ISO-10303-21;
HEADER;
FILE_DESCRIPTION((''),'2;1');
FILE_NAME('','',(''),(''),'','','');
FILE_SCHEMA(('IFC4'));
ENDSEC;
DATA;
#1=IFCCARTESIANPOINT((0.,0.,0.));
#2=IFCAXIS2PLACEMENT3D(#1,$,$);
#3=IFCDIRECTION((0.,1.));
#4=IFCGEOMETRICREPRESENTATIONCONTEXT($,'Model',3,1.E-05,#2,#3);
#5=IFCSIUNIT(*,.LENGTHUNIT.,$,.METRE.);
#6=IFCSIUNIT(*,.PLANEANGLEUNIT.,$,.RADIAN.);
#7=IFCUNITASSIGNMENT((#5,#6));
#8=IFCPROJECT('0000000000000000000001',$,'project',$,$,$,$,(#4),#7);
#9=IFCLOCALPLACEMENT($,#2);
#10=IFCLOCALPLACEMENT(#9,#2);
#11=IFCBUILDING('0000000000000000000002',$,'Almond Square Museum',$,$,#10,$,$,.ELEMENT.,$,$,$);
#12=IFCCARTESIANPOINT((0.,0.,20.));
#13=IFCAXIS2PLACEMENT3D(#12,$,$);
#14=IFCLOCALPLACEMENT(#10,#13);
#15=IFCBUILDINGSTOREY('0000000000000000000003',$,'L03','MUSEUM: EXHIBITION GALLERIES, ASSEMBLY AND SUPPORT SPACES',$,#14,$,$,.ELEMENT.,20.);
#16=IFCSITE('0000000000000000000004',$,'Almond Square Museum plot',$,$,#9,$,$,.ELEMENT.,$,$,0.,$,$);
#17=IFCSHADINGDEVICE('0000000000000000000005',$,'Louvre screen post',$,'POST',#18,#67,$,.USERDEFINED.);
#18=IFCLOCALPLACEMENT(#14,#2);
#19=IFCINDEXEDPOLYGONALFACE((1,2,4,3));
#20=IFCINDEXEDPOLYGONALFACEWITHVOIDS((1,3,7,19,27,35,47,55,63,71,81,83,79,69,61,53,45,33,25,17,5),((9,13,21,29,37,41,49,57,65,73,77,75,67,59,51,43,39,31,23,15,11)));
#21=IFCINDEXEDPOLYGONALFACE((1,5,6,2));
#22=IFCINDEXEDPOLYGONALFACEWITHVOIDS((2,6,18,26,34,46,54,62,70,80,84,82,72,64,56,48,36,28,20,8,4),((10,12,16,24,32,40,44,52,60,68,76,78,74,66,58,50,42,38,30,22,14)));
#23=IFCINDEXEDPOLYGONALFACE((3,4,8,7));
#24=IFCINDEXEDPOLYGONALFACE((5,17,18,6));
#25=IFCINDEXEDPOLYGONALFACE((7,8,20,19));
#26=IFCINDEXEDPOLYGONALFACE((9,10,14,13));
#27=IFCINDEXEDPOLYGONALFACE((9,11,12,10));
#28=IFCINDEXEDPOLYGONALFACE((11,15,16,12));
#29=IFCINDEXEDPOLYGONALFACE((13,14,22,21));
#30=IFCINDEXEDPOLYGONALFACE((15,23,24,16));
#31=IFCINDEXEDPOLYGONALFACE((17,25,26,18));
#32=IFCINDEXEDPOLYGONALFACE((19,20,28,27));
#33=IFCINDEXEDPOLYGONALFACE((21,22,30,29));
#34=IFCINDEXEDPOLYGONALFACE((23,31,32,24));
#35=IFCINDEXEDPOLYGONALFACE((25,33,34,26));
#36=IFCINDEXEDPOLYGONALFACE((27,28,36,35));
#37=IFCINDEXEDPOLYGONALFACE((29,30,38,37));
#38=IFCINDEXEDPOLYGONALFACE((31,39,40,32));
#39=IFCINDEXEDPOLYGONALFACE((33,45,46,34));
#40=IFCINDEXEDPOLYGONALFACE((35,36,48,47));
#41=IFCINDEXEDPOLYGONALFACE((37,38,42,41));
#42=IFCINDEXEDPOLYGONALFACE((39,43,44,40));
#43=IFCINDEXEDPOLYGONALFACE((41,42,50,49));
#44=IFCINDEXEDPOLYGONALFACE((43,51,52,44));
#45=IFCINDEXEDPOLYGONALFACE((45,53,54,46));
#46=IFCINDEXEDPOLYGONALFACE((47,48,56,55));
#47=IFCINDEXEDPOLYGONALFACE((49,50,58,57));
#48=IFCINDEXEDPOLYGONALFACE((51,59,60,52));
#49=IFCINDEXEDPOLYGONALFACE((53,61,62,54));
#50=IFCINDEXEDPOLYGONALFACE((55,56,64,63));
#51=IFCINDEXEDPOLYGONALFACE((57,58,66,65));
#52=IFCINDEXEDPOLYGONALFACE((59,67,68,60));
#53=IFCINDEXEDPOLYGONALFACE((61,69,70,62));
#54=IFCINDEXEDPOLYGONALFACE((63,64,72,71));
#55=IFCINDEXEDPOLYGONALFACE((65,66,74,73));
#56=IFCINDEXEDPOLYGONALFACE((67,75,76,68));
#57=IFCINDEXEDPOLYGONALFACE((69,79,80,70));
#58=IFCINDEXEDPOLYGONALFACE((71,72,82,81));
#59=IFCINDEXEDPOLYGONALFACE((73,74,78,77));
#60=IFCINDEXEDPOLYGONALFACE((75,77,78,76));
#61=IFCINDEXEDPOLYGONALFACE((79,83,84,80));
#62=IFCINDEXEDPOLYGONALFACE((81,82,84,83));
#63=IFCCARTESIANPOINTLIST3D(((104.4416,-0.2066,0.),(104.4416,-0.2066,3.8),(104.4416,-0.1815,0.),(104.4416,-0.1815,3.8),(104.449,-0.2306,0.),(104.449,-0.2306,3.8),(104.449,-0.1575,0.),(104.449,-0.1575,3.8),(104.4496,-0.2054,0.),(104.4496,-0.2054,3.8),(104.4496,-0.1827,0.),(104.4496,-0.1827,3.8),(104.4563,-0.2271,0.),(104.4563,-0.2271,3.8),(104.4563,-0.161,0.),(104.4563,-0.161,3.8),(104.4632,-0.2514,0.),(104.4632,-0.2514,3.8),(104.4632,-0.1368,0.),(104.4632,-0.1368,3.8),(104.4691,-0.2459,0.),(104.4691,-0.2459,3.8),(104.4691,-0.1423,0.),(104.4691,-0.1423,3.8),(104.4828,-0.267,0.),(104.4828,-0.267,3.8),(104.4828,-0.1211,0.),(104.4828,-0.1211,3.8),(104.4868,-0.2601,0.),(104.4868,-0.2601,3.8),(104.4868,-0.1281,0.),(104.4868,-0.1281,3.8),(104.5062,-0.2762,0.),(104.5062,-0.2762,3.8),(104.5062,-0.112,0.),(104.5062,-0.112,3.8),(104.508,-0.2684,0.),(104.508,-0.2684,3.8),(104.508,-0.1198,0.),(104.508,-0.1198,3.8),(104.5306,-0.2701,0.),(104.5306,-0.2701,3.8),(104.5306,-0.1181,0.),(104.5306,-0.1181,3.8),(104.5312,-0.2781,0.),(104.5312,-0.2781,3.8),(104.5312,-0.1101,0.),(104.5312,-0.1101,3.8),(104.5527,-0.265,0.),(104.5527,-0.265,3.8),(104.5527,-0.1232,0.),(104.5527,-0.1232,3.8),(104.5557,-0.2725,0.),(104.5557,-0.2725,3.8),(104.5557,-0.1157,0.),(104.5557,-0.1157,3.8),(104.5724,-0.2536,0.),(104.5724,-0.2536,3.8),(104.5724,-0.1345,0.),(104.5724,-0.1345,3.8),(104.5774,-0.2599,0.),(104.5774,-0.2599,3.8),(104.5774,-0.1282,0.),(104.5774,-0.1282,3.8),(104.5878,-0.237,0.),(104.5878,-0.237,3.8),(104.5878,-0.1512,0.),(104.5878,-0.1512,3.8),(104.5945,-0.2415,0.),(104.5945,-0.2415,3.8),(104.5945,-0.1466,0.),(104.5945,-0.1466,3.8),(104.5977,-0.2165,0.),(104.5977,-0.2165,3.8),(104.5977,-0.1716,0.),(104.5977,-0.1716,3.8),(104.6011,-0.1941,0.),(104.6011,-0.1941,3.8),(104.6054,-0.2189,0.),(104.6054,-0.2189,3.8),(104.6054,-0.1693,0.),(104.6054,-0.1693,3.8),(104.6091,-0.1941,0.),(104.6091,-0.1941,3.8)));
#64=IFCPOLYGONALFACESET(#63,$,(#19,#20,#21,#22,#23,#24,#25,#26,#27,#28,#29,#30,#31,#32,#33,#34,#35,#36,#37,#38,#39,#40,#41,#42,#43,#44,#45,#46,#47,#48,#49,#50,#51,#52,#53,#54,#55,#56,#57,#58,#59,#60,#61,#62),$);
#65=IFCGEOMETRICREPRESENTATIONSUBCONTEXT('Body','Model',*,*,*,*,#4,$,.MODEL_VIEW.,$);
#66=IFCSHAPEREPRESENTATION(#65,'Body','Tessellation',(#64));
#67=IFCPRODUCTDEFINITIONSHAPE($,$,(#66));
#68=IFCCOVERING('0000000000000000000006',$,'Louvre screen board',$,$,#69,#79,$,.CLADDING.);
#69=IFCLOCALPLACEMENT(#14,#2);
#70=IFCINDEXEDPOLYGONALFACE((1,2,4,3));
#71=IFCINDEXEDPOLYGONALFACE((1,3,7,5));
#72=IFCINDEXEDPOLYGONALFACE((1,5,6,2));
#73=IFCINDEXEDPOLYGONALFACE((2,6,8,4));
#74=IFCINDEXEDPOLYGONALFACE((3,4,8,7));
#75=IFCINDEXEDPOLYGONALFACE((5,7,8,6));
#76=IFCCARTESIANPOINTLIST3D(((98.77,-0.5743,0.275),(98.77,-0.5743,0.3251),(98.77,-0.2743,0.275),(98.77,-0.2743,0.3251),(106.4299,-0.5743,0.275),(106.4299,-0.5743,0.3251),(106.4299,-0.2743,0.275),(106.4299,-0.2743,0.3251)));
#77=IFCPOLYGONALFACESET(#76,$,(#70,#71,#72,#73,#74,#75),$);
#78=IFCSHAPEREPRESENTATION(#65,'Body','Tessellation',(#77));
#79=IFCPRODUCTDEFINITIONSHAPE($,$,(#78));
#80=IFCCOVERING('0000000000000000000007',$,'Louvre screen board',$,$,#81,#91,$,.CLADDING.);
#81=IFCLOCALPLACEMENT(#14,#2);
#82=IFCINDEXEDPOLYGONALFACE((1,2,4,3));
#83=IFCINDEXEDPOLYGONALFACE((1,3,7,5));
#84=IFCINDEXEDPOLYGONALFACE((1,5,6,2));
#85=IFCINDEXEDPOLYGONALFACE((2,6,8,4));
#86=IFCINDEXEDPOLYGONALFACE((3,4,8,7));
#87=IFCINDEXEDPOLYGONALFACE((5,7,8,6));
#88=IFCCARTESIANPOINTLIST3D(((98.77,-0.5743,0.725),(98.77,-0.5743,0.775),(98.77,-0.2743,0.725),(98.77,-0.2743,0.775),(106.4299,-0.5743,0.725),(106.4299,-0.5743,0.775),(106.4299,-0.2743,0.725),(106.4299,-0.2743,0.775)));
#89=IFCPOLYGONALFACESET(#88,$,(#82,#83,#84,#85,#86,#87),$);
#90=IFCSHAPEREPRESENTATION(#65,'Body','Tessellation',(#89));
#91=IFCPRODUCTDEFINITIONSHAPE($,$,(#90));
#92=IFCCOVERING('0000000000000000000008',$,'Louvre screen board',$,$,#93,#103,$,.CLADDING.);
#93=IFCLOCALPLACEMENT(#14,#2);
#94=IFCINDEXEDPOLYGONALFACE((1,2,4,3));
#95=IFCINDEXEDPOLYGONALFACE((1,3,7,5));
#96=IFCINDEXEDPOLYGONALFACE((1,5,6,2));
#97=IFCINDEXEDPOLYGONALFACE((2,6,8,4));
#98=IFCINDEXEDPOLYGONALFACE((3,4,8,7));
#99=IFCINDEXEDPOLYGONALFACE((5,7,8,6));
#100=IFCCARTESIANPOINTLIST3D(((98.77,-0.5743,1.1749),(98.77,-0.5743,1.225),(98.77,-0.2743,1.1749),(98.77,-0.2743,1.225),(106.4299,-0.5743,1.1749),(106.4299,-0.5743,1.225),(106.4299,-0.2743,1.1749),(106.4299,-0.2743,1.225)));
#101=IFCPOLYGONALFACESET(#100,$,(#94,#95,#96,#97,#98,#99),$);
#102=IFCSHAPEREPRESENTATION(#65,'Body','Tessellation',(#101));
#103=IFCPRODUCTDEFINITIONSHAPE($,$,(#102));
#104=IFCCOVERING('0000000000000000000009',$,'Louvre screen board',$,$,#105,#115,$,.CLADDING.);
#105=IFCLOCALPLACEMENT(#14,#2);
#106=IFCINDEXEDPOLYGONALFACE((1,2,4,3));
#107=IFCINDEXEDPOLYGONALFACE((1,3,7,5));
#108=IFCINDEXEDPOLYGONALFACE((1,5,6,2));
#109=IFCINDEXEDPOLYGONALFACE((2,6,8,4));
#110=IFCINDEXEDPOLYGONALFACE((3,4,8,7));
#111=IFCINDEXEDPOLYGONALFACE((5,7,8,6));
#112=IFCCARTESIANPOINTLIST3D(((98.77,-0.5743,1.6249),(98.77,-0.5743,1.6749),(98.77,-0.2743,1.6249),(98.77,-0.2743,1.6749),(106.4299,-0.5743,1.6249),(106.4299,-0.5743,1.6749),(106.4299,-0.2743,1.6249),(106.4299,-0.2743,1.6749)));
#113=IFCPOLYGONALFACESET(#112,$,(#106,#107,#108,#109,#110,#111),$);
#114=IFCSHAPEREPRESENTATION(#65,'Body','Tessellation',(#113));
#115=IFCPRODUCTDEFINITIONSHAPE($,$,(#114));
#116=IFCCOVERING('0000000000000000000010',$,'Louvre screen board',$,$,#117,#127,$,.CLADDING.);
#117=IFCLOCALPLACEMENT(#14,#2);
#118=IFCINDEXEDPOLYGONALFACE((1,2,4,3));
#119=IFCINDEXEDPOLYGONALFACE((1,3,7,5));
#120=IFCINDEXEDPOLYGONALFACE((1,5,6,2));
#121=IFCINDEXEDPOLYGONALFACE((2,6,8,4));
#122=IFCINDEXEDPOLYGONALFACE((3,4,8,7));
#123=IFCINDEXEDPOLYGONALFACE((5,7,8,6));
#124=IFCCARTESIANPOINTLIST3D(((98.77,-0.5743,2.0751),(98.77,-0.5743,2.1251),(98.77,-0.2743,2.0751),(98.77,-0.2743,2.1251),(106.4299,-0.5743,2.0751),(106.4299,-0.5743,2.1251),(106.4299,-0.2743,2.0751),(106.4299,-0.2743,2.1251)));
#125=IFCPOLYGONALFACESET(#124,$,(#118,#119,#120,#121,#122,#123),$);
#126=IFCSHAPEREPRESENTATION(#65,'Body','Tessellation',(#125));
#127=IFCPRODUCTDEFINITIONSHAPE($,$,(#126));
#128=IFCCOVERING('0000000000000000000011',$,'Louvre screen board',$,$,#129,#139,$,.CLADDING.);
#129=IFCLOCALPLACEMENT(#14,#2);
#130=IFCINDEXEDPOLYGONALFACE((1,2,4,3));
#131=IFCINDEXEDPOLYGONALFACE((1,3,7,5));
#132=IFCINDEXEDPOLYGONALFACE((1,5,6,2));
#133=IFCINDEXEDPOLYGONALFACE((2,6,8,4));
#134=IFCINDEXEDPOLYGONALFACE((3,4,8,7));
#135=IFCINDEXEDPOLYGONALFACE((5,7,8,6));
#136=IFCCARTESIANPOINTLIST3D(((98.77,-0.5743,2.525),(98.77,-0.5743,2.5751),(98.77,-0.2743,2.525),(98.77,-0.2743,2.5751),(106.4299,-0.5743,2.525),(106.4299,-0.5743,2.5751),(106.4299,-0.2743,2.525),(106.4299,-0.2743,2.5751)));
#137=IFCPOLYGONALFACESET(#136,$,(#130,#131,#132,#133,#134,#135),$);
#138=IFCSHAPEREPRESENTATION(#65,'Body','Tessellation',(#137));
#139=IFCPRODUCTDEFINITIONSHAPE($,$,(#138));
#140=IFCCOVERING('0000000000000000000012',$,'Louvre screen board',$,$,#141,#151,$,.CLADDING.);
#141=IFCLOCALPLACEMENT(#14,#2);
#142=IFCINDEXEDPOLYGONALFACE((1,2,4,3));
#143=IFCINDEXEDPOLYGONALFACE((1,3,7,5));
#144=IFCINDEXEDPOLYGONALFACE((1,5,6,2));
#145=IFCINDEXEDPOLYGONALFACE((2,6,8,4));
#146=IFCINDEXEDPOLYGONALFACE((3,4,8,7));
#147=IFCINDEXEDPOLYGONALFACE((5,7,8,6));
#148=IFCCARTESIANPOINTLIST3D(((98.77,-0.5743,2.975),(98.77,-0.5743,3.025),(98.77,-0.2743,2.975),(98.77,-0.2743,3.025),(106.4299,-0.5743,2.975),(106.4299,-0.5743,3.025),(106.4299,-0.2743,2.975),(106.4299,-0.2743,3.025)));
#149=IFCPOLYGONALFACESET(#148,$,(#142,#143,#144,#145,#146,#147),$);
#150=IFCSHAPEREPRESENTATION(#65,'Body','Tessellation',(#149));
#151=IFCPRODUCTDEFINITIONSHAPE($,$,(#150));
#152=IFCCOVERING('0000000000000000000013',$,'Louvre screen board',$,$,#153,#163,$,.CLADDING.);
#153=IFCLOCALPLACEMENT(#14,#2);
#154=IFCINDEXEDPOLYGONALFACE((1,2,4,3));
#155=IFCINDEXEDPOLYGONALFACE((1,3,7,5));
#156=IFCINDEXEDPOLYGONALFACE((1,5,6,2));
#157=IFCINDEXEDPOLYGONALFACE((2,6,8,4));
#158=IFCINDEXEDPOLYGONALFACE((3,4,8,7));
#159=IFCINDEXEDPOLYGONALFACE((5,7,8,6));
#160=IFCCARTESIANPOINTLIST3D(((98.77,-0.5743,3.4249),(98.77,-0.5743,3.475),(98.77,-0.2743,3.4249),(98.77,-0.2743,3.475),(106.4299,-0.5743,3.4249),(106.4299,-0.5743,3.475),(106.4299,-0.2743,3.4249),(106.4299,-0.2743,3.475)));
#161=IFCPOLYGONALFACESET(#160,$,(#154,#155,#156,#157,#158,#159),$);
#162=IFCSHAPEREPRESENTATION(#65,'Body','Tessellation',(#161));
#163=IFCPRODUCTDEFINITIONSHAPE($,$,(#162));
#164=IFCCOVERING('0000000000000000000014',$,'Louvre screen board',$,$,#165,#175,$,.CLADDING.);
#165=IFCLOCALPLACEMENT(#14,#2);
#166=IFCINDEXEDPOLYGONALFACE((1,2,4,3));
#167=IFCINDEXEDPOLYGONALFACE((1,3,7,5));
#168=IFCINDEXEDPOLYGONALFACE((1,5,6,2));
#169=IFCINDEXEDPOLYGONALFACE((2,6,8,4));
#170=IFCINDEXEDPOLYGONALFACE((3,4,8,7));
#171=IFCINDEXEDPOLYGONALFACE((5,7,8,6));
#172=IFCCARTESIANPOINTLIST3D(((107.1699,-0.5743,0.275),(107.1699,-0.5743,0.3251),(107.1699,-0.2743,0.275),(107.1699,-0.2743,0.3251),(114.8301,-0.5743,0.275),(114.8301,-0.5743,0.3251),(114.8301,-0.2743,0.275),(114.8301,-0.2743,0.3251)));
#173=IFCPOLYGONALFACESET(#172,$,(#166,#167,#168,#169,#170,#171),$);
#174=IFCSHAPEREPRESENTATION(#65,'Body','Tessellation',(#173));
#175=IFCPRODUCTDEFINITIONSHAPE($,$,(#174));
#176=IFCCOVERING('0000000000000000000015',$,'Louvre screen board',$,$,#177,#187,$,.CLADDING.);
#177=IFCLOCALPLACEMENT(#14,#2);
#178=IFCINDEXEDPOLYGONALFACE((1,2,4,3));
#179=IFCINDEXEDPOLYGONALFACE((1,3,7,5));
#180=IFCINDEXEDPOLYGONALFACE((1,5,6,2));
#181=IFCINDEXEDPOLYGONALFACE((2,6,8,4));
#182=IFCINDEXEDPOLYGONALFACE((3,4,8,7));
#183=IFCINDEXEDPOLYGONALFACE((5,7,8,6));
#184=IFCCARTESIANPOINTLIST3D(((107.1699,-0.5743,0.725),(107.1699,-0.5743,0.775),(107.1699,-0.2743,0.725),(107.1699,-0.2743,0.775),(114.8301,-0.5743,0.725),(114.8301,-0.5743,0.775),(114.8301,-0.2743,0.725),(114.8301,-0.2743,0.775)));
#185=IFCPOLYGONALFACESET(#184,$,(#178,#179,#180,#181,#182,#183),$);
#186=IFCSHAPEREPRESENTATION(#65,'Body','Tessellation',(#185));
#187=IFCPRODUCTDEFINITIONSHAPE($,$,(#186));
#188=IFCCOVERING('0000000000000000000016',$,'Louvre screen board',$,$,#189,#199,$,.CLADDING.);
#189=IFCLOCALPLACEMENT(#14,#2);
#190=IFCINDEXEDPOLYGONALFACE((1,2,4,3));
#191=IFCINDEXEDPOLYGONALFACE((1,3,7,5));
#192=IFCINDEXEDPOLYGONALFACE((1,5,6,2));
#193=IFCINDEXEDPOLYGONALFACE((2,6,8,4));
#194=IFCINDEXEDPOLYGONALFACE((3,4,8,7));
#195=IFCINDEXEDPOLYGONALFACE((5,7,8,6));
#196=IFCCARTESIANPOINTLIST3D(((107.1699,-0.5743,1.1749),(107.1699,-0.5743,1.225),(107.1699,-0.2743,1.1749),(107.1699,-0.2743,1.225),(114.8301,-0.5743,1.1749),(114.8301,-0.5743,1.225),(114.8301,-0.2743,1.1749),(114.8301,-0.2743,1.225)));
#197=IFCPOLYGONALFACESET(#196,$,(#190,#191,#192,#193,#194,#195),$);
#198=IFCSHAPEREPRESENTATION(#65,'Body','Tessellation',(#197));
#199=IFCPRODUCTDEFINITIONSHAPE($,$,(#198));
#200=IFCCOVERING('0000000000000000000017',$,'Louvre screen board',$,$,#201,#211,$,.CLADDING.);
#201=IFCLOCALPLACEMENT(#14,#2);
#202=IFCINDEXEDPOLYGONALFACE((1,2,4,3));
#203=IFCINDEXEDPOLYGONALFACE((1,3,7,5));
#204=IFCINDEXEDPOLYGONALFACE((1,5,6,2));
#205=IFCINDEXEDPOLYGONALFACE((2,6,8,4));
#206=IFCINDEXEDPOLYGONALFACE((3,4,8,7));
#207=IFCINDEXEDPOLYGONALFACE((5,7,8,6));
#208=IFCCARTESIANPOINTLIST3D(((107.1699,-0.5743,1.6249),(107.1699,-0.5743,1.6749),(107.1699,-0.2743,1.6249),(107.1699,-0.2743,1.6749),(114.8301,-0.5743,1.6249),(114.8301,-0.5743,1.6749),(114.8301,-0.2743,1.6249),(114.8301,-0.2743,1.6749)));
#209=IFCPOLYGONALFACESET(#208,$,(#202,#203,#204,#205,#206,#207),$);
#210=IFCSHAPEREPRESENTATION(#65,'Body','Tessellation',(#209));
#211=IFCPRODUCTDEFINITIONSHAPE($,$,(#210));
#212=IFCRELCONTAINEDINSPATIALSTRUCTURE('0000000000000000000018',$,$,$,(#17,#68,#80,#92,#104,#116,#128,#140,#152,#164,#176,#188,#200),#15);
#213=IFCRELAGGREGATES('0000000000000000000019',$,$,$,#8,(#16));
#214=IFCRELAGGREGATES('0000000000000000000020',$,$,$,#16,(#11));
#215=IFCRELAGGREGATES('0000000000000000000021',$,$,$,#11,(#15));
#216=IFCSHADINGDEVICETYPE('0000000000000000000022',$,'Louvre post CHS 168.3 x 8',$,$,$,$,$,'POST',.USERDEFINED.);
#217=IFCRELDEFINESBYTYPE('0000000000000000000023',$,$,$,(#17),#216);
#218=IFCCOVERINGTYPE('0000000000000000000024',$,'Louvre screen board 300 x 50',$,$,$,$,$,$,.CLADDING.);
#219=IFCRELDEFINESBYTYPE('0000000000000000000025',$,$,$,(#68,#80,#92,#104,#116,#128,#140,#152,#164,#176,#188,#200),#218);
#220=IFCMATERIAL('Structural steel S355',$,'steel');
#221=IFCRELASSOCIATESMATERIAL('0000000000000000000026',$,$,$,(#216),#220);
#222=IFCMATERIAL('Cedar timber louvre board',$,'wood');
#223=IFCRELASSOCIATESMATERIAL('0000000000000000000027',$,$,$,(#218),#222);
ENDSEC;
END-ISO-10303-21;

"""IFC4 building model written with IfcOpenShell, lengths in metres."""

from ifc_helpers import new_model, si_unit, direction, frame, origin, origin_2d, place, context, subcontext, project, spatial, rectangle, hollow_circle, extrude, material, material_profile, profile_set, type_object, element, save


model = new_model("IFC4")

# Units and contexts
model_context = context("Model", 3, precision=1e-05, world=origin(), true_north=direction((0.0, 1.0)))
body_context = subcontext(model_context, "Body", "Model", "MODEL_VIEW")
ifc_project = project(units=[si_unit("LENGTHUNIT", "METRE"), si_unit("PLANEANGLEUNIT", "RADIAN")], contexts=[model_context])

# Site, building, storey
site_placement = place(None, origin())
site = spatial("IfcSite", under=ifc_project, at=site_placement, Name="Almond Square Museum plot", CompositionType="ELEMENT", RefElevation=0.0)
building_placement = place(site_placement, origin())
building = spatial("IfcBuilding", under=site, at=building_placement, Name="Almond Square Museum", CompositionType="ELEMENT")
storey_placement = place(building_placement, frame((0.0, 0.0, 20.0)))
storey = spatial("IfcBuildingStorey", under=building, at=storey_placement, Name="L03", Description="MUSEUM: EXHIBITION GALLERIES, ASSEMBLY AND SUPPORT SPACES", CompositionType="ELEMENT", Elevation=20.0)

# Shading device
ifc_material_1 = material(Name="Structural steel S355", Category="steel")
ifc_material_profile_1 = material_profile(ifc_material_1, hollow_circle(Radius=0.0842, WallThickness=0.0081, at=origin_2d()))
ifc_profile_set_1 = profile_set([ifc_material_profile_1], Name="Structural steel S355")
shading_device_type = type_object("IfcShadingDeviceType", Name="Louvre post CHS 168.3 x 8", ElementType="POST", PredefinedType="USERDEFINED", material=ifc_profile_set_1)
for number, where, z_axis, x_axis, name in (
    (1, (104.5249, -0.1941, 0.0), (0.0, 0.0, 1.0), (1.0, 0.0, 0.0), "Louvre screen post"),
):
    element("IfcShadingDevice", number, at=place(storey_placement, frame(where, z_axis=z_axis, x_axis=x_axis)), inside=storey, type_object=shading_device_type, Name=name, ObjectType="POST", PredefinedType="USERDEFINED", context=body_context, shape_type="SweptSolid", body=[
        extrude(hollow_circle(Radius=0.0842, WallThickness=0.0081, at=origin_2d()), origin(), (0.0, 0.0, 1.0), 3.8),
    ])

# Coverings
ifc_material_2 = material(Name="Cedar timber louvre board", Category="wood")
ifc_material_profile_2 = material_profile(ifc_material_2, rectangle(XDim=0.3, YDim=0.05, at=origin_2d()))
ifc_profile_set_2 = profile_set([ifc_material_profile_2], Name="Cedar timber louvre board")
covering_type = type_object("IfcCoveringType", Name="Louvre screen board 300 x 50", PredefinedType="CLADDING", material=ifc_profile_set_2)
for number, where, z_axis, x_axis, name in (
    (2, (98.77, -0.4243, 0.3), (1.0, 0.0, 0.0), (0.0, 1.0, 0.0), "Louvre screen board"),
    (3, (98.77, -0.4243, 0.75), (1.0, 0.0, 0.0), (0.0, 1.0, 0.0), "Louvre screen board"),
    (4, (98.77, -0.4243, 1.2), (1.0, 0.0, 0.0), (0.0, 1.0, 0.0), "Louvre screen board"),
    (5, (98.77, -0.4243, 1.6499), (1.0, 0.0, 0.0), (0.0, 1.0, 0.0), "Louvre screen board"),
    (6, (98.77, -0.4243, 2.1001), (1.0, 0.0, 0.0), (0.0, 1.0, 0.0), "Louvre screen board"),
    (7, (98.77, -0.4243, 2.55), (1.0, 0.0, 0.0), (0.0, 1.0, 0.0), "Louvre screen board"),
    (8, (98.77, -0.4243, 3.0), (1.0, 0.0, 0.0), (0.0, 1.0, 0.0), "Louvre screen board"),
    (9, (98.77, -0.4243, 3.45), (1.0, 0.0, 0.0), (0.0, 1.0, 0.0), "Louvre screen board"),
):
    element("IfcCovering", number, at=place(storey_placement, frame(where, z_axis=z_axis, x_axis=x_axis)), inside=storey, type_object=covering_type, Name=name, PredefinedType="CLADDING", context=body_context, shape_type="SweptSolid", body=[
        extrude(rectangle(XDim=0.3, YDim=0.05, at=origin_2d()), origin(), (0.0, 0.0, 1.0), 7.6599),
    ])
for number, where, z_axis, x_axis, name in (
    (10, (107.1699, -0.4243, 0.3), (1.0, 0.0, 0.0), (0.0, 1.0, 0.0), "Louvre screen board"),
    (11, (107.1699, -0.4243, 0.75), (1.0, 0.0, 0.0), (0.0, 1.0, 0.0), "Louvre screen board"),
    (12, (107.1699, -0.4243, 1.2), (1.0, 0.0, 0.0), (0.0, 1.0, 0.0), "Louvre screen board"),
    (13, (107.1699, -0.4243, 1.6499), (1.0, 0.0, 0.0), (0.0, 1.0, 0.0), "Louvre screen board"),
):
    element("IfcCovering", number, at=place(storey_placement, frame(where, z_axis=z_axis, x_axis=x_axis)), inside=storey, type_object=covering_type, Name=name, PredefinedType="CLADDING", context=body_context, shape_type="SweptSolid", body=[
        extrude(rectangle(XDim=0.3, YDim=0.05, at=origin_2d()), origin(), (0.0, 0.0, 1.0), 7.6602),
    ])

save(model, "model.ifc")
